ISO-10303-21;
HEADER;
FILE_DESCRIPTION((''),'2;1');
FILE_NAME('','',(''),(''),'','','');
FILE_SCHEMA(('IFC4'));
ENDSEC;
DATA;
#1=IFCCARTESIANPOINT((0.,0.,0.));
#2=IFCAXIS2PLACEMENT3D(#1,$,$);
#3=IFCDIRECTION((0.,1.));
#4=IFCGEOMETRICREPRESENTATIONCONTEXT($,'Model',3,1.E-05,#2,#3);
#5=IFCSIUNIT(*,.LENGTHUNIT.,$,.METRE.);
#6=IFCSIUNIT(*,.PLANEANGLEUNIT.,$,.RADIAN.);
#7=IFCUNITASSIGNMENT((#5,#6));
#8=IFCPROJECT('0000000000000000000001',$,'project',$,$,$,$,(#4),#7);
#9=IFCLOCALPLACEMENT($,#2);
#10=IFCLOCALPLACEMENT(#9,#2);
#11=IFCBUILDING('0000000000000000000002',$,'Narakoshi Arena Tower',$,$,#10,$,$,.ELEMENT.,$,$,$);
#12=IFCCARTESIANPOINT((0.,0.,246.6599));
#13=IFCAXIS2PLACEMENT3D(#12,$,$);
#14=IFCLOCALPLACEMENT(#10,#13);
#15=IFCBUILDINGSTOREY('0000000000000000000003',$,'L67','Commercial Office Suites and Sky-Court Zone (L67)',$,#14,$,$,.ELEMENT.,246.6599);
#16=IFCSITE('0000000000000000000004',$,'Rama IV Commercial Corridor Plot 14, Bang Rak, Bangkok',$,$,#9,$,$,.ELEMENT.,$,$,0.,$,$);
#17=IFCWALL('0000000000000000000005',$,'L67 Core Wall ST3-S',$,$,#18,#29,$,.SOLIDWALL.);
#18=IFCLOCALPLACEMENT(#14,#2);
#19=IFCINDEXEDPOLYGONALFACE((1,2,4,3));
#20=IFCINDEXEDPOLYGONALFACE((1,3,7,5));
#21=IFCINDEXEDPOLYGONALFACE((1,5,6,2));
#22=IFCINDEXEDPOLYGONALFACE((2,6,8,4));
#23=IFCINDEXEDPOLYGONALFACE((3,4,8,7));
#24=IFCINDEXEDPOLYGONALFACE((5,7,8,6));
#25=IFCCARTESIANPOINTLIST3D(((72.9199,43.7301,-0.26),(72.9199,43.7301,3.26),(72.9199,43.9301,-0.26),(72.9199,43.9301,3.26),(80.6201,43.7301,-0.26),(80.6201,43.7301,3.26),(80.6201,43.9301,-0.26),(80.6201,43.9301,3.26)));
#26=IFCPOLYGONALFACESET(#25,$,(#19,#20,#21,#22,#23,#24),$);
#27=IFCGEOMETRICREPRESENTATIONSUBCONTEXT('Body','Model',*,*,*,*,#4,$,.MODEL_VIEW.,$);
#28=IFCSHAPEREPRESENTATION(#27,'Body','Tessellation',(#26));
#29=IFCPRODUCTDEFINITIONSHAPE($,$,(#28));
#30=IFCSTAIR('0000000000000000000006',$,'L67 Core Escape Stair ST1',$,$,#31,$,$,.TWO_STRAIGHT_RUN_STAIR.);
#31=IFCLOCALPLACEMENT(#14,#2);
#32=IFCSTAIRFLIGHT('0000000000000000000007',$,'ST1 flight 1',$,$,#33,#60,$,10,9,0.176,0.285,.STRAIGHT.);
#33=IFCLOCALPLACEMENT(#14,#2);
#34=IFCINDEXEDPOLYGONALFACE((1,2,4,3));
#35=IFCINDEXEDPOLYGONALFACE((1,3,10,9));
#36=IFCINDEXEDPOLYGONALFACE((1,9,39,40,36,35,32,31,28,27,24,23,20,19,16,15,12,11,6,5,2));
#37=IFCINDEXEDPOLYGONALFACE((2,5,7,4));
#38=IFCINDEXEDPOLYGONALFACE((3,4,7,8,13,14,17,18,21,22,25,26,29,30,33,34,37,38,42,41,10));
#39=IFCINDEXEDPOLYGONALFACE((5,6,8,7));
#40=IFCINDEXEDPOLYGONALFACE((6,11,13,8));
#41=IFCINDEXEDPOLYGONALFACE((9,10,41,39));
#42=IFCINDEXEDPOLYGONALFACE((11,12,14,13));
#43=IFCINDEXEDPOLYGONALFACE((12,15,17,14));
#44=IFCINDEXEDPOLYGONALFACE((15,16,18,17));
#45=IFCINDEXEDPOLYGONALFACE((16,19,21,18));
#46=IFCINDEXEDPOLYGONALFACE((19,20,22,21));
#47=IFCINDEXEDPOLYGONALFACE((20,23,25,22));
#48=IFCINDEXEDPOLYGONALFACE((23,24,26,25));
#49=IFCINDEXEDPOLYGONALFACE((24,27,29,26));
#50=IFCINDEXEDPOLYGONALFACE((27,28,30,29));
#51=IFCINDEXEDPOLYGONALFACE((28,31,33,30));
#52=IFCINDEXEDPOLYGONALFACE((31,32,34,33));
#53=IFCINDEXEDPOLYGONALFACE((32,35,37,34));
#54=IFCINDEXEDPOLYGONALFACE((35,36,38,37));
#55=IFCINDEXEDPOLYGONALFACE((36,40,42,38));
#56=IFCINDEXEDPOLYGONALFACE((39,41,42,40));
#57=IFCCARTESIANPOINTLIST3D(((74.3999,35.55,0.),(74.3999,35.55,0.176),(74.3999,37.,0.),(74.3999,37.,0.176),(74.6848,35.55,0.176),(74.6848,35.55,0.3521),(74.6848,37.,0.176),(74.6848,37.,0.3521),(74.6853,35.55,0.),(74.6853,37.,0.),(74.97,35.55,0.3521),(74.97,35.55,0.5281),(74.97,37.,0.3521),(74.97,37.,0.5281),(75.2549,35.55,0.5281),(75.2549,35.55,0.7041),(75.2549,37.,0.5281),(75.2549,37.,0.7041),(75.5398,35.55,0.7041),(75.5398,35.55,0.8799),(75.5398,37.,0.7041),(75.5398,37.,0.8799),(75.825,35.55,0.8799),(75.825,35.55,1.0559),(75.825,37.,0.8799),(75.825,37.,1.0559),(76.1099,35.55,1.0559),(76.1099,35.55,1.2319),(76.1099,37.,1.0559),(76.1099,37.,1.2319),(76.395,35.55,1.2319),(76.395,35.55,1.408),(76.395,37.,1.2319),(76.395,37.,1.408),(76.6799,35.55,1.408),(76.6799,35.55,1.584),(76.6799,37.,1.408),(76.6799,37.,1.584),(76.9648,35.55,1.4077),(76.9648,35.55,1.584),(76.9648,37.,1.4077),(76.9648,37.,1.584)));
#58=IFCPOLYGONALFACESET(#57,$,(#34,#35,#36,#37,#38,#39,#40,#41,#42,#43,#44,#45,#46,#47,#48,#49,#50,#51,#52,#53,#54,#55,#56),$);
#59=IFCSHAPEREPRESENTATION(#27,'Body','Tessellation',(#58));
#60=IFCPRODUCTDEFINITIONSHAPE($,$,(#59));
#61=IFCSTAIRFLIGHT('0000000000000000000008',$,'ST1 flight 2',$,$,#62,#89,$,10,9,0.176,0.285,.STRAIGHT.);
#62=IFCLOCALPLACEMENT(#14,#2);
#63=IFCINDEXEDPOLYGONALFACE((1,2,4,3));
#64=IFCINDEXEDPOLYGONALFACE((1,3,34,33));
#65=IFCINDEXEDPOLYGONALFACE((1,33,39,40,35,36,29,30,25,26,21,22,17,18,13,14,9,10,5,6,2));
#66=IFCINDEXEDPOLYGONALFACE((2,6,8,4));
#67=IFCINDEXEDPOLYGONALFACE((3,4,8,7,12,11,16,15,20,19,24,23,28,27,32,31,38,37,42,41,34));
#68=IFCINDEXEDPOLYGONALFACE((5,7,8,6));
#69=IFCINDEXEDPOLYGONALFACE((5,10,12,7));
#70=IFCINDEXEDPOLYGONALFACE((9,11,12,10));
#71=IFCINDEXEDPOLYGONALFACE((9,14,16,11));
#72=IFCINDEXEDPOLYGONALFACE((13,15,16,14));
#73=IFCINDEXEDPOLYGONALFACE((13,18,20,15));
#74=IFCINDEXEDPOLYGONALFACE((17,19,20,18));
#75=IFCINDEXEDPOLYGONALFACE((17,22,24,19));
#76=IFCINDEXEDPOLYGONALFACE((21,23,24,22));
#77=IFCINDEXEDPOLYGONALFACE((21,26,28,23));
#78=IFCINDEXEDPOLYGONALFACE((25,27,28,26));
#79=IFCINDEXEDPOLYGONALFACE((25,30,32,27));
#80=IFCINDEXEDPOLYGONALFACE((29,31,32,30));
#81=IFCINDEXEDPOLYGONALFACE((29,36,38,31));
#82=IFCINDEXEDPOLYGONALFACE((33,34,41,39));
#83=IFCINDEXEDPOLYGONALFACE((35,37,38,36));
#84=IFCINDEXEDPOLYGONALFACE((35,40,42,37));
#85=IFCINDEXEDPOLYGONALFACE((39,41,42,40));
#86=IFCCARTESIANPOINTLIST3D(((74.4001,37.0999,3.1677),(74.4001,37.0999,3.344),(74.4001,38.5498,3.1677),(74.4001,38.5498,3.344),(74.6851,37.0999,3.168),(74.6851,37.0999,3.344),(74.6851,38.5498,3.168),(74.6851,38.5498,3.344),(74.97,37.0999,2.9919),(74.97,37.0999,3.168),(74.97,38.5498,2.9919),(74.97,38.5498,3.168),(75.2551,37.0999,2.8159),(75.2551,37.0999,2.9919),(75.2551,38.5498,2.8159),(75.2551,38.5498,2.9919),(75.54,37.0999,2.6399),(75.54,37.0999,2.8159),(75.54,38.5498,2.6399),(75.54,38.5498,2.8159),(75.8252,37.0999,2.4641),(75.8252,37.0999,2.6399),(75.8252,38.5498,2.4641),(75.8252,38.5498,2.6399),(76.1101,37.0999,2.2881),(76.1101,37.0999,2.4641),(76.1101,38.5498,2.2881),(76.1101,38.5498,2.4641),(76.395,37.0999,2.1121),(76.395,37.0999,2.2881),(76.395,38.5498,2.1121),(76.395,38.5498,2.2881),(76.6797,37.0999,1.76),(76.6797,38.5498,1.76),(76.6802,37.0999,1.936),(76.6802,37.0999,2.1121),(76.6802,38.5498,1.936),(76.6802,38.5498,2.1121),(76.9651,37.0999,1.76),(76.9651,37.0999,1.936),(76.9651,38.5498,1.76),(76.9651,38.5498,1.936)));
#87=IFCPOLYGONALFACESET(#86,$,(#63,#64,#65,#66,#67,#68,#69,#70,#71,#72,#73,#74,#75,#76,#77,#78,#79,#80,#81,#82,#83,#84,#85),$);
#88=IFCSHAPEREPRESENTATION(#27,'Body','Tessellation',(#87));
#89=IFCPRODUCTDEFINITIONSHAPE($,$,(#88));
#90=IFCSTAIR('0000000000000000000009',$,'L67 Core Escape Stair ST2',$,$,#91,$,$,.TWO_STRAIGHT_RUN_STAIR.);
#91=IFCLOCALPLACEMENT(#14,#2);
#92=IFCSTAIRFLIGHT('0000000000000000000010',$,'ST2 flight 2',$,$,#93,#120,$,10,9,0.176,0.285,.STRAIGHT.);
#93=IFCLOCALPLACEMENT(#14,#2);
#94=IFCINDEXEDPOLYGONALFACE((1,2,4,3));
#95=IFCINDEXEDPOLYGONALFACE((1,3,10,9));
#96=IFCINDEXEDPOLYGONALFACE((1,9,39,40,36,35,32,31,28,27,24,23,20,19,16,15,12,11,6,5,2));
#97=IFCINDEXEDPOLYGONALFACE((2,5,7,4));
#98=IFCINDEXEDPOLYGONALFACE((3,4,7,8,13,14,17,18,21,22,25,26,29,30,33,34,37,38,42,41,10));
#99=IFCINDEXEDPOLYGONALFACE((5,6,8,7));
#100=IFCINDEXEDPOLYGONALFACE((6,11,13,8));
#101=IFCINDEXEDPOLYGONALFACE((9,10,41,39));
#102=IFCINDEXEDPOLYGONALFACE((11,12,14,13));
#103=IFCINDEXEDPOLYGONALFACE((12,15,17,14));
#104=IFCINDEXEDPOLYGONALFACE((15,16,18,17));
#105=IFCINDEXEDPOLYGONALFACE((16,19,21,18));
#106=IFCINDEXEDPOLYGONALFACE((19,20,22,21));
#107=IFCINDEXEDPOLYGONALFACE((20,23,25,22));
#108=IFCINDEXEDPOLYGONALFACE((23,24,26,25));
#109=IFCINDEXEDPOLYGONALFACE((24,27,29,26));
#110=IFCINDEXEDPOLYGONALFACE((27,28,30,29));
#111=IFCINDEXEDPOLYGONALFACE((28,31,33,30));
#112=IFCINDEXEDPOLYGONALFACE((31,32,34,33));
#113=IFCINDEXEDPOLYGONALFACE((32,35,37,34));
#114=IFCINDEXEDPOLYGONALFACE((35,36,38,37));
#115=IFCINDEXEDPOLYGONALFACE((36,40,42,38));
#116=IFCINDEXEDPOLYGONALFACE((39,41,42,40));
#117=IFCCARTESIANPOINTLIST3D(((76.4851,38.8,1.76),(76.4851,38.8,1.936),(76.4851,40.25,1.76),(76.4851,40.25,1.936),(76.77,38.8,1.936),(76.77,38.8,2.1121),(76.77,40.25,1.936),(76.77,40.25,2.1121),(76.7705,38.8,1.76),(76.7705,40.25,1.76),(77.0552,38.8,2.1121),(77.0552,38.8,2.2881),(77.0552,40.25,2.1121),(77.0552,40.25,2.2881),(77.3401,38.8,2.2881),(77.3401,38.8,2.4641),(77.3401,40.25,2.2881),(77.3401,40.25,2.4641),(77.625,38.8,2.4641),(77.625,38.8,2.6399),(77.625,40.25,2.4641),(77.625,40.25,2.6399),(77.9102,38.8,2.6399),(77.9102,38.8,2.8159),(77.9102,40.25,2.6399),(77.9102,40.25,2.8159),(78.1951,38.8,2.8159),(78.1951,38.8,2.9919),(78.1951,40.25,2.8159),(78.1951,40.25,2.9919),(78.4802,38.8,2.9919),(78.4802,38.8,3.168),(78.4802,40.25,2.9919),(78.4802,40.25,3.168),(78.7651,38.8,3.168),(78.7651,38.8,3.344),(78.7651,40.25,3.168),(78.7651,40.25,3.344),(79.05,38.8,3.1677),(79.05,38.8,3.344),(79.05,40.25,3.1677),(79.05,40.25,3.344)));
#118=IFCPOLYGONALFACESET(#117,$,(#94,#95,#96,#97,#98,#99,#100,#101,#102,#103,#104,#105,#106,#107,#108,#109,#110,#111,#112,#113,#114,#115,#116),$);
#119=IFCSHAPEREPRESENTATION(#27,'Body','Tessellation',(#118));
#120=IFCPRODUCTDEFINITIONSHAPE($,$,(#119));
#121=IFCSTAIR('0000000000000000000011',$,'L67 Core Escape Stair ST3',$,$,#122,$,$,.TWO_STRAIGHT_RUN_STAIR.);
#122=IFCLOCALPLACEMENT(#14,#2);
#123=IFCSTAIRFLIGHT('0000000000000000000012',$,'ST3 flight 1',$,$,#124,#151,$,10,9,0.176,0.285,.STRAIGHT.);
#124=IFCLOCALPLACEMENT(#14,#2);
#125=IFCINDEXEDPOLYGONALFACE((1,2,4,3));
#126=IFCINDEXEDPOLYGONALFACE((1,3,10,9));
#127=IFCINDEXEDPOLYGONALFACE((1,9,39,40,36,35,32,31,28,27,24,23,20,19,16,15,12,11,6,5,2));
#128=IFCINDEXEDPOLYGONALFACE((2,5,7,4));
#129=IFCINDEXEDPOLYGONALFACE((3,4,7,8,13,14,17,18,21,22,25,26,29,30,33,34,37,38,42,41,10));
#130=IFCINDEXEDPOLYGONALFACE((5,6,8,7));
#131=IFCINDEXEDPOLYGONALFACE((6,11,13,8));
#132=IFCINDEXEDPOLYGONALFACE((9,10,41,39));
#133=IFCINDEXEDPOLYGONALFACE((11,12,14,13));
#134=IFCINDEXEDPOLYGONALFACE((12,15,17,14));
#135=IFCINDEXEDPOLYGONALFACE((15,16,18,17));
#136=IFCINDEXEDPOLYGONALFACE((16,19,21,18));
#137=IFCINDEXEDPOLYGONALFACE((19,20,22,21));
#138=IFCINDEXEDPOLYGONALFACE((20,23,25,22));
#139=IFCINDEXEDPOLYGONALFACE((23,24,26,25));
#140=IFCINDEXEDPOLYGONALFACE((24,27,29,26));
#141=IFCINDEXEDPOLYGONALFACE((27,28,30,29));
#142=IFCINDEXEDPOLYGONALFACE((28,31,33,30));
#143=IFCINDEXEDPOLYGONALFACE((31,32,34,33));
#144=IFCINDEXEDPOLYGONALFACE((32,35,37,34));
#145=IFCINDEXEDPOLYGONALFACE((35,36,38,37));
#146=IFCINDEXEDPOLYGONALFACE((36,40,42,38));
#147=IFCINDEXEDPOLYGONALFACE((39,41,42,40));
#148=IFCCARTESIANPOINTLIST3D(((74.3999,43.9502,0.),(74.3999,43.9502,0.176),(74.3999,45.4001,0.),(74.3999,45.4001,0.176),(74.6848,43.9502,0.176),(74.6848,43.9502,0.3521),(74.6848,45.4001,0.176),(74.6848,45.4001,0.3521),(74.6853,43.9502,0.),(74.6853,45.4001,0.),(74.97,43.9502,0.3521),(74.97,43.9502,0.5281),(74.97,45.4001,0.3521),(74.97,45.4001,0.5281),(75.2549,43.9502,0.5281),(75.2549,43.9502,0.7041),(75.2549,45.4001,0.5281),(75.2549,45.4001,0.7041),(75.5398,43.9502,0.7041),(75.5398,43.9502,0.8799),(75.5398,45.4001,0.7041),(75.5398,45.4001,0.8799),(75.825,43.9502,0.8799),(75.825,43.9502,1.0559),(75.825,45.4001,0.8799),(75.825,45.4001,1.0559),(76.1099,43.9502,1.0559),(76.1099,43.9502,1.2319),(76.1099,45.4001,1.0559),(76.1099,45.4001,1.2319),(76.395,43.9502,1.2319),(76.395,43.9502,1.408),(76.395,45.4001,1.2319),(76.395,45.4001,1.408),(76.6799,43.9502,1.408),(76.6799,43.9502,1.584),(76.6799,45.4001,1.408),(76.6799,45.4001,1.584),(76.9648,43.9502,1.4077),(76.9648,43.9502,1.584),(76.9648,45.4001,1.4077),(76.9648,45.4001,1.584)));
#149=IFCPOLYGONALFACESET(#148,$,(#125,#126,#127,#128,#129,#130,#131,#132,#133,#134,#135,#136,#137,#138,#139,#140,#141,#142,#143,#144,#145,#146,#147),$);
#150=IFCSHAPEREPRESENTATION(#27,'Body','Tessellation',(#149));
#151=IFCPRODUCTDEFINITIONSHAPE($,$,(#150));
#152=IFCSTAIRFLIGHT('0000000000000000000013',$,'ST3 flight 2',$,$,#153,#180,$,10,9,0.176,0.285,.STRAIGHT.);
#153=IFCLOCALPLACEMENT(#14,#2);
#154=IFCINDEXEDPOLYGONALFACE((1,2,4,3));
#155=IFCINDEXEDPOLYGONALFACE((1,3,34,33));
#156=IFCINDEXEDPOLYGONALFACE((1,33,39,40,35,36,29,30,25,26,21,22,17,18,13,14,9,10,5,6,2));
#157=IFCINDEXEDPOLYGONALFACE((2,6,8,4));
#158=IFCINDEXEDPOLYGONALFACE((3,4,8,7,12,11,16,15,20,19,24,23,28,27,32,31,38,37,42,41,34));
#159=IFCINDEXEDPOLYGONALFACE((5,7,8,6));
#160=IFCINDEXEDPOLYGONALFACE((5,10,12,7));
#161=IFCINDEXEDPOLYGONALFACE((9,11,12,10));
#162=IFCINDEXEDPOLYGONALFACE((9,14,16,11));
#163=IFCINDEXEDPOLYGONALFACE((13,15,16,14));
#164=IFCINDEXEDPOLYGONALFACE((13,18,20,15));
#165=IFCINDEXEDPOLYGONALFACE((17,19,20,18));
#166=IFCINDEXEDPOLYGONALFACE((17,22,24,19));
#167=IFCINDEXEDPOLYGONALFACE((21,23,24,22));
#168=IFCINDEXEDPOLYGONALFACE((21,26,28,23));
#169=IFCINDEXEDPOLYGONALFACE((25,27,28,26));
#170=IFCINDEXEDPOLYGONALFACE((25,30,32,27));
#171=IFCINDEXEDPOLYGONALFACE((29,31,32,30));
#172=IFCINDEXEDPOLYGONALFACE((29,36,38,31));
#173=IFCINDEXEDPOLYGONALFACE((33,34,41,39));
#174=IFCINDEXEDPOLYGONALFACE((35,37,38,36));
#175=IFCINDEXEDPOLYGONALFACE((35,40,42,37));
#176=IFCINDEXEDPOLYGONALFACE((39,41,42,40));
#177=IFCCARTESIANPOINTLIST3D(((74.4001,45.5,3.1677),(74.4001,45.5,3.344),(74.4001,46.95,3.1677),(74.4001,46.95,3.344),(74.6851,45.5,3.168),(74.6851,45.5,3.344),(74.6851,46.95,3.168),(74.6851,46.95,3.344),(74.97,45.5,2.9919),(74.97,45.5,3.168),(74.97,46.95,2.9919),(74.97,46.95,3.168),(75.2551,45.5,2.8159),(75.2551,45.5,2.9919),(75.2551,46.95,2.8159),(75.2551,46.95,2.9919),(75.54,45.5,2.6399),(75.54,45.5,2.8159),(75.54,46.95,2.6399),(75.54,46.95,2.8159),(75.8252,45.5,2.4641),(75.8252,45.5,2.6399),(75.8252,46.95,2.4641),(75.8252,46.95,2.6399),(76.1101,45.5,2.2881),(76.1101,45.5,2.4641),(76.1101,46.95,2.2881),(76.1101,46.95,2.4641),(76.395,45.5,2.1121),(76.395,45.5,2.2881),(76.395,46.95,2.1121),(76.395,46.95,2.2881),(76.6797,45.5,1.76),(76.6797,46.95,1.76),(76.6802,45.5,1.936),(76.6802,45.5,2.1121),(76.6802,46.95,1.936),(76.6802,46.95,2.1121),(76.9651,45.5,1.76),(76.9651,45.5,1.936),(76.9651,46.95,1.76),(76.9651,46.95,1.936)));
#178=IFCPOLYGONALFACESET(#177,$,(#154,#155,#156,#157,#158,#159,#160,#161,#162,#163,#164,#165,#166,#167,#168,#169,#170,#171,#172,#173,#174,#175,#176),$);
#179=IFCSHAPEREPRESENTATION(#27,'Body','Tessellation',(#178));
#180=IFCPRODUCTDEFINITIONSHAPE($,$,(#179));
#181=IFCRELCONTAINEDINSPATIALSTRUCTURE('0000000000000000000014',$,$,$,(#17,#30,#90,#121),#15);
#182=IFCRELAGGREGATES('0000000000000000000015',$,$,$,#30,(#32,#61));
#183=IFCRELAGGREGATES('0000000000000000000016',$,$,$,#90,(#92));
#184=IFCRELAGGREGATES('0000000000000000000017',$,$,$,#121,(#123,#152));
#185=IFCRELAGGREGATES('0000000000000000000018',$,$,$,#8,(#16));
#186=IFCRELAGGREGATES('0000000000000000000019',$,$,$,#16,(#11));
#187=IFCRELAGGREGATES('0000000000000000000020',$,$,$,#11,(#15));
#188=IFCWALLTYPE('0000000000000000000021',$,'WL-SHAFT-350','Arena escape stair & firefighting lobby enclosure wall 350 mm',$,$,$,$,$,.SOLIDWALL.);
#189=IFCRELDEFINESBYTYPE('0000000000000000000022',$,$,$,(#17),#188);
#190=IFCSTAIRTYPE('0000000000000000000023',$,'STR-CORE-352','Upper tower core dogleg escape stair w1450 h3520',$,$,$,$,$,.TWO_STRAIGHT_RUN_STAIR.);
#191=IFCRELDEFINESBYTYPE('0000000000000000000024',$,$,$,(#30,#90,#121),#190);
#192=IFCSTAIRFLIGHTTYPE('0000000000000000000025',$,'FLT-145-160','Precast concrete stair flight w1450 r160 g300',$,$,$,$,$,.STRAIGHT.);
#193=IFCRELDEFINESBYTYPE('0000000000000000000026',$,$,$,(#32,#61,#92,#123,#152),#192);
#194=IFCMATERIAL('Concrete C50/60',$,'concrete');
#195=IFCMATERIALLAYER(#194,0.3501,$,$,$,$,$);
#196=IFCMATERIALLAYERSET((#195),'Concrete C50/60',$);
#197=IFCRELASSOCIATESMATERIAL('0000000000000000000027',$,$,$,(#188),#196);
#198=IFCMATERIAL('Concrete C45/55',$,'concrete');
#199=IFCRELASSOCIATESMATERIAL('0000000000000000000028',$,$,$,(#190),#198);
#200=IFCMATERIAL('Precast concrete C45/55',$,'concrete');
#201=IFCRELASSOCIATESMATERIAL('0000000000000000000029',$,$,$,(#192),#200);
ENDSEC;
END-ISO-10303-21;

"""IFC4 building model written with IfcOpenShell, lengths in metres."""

from ifc_helpers import new_model, si_unit, direction, frame, frame_2d, origin, place, context, subcontext, project, spatial, polyline, rectangle, outline, extrude, material, layer, layer_set, type_object, element, aggregate, save


model = new_model("IFC4")

# Units and contexts
model_context = context("Model", 3, precision=1e-05, world=origin(), true_north=direction((0.0, 1.0)))
body_context = subcontext(model_context, "Body", "Model", "MODEL_VIEW")
ifc_project = project(units=[si_unit("LENGTHUNIT", "METRE"), si_unit("PLANEANGLEUNIT", "RADIAN")], contexts=[model_context])

# Site, building, storey
site_placement = place(None, origin())
site = spatial("IfcSite", under=ifc_project, at=site_placement, Name="Rama IV Commercial Corridor Plot 14, Bang Rak, Bangkok", CompositionType="ELEMENT", RefElevation=0.0)
building_placement = place(site_placement, origin())
building = spatial("IfcBuilding", under=site, at=building_placement, Name="Narakoshi Arena Tower", CompositionType="ELEMENT")
storey_placement = place(building_placement, frame((0.0, 0.0, 246.6599)))
storey = spatial("IfcBuildingStorey", under=building, at=storey_placement, Name="L67", Description="Commercial Office Suites and Sky-Court Zone (L67)", CompositionType="ELEMENT", Elevation=246.6599)

# Shared definitions
ifc_material_1 = material(Name="Concrete C50/60", Category="concrete")

# Shared definitions
ifc_material_2 = material(Name="Precast concrete C45/55", Category="concrete")

# Wall
ifc_layer_1 = layer(ifc_material_1, 0.3501)
ifc_layer_set_1 = layer_set([ifc_layer_1], Name="Concrete C50/60")
wall_type_1 = type_object("IfcWallType", Name="WL-SHAFT-350", Description="Arena escape stair & firefighting lobby enclosure wall 350 mm", PredefinedType="SOLIDWALL", material=ifc_layer_set_1)
wall_1_placement = place(storey_placement, frame((72.9199, 43.8301, -0.26), z_axis=(0.0, 0.0, 1.0), x_axis=(1.0, 0.0, 0.0)))
element("IfcWall", 1, at=wall_1_placement, inside=storey, type_object=wall_type_1, Name="L67 Core Wall ST3-S", PredefinedType="SOLIDWALL", context=body_context, shape_type="SweptSolid", body=[
    extrude(rectangle(XDim=7.7002, YDim=0.2, at=frame_2d((3.8501, 0.0))), origin(), (0.0, 0.0, 1.0), 3.52),
])

# Stair, stair flights
ifc_material_3 = material(Name="Concrete C45/55", Category="concrete")
stair_type = type_object("IfcStairType", Name="STR-CORE-352", Description="Upper tower core dogleg escape stair w1450 h3520", PredefinedType="TWO_STRAIGHT_RUN_STAIR", material=ifc_material_3)
stair_1_placement = place(storey_placement, origin())
stair_1 = element("IfcStair", 2, at=stair_1_placement, inside=storey, type_object=stair_type, Name="L67 Core Escape Stair ST1", PredefinedType="TWO_STRAIGHT_RUN_STAIR")
stair_flight_type = type_object("IfcStairFlightType", Name="FLT-145-160", Description="Precast concrete stair flight w1450 r160 g300", PredefinedType="STRAIGHT", material=ifc_material_2)
stair_flight_1_placement = place(storey_placement, frame((74.3999, 36.2749, 0.0), z_axis=(0.0, 0.0, 1.0), x_axis=(1.0, 0.0, 0.0)))
stair_flight_1 = element("IfcStairFlight", 3, at=stair_flight_1_placement, type_object=stair_flight_type, Name="ST1 flight 1", NumberOfRisers=10, NumberOfTreads=9, PredefinedType="STRAIGHT", RiserHeight=0.176, TreadLength=0.285, context=body_context, shape_type="SweptSolid", body=[
    extrude(outline(polyline([(0.0, 0.0), (0.0, 0.176), (0.2849, 0.176), (0.2849, 0.3521), (0.5701, 0.3521), (0.5701, 0.5281), (0.855, 0.5281), (0.855, 0.7041), (1.1399, 0.7041), (1.1399, 0.8799), (1.425, 0.8799), (1.425, 1.0559), (1.71, 1.0559), (1.71, 1.2319), (1.9951, 1.2319), (1.9951, 1.408), (2.28, 1.408), (2.28, 1.584), (2.5649, 1.584), (2.5649, 1.76), (2.5649, 1.4077), (0.2854, 0.0), (0.0, 0.0)])), frame((0.0, 0.7251, 0.0), z_axis=(0.0, -1.0, 0.0), x_axis=(1.0, 0.0, 0.0)), (0.0, 0.0, 1.0), 1.45),
])
stair_flight_2_placement = place(storey_placement, frame((76.9651, 37.825, 1.76), z_axis=(0.0, 0.0, 1.0), x_axis=(-1.0, 0.0, 0.0)))
stair_flight_2 = element("IfcStairFlight", 4, at=stair_flight_2_placement, type_object=stair_flight_type, Name="ST1 flight 2", NumberOfRisers=10, NumberOfTreads=9, PredefinedType="STRAIGHT", RiserHeight=0.176, TreadLength=0.285, context=body_context, shape_type="SweptSolid", body=[
    extrude(outline(polyline([(0.0, 0.0), (0.0, 0.176), (0.2849, 0.176), (0.2849, 0.3521), (0.5701, 0.3521), (0.5701, 0.5281), (0.855, 0.5281), (0.855, 0.7041), (1.1399, 0.7041), (1.1399, 0.8799), (1.425, 0.8799), (1.425, 1.0559), (1.71, 1.0559), (1.71, 1.2319), (1.9951, 1.2319), (1.9951, 1.408), (2.28, 1.408), (2.28, 1.584), (2.5649, 1.584), (2.5649, 1.76), (2.5649, 1.4077), (0.2854, 0.0), (0.0, 0.0)])), frame((0.0, 0.7251, 0.0), z_axis=(0.0, -1.0, 0.0), x_axis=(1.0, 0.0, 0.0)), (0.0, 0.0, 1.0), 1.45),
])
aggregate(stair_1, [stair_flight_1, stair_flight_2])

# Stair, stair flight
stair_2_placement = place(storey_placement, origin())
stair_2 = element("IfcStair", 5, at=stair_2_placement, inside=storey, type_object=stair_type, Name="L67 Core Escape Stair ST2", PredefinedType="TWO_STRAIGHT_RUN_STAIR")
stair_flight_3_placement = place(storey_placement, frame((76.4851, 39.5249, 1.76), z_axis=(0.0, 0.0, 1.0), x_axis=(1.0, 0.0, 0.0)))
stair_flight_3 = element("IfcStairFlight", 6, at=stair_flight_3_placement, type_object=stair_flight_type, Name="ST2 flight 2", NumberOfRisers=10, NumberOfTreads=9, PredefinedType="STRAIGHT", RiserHeight=0.176, TreadLength=0.285, context=body_context, shape_type="SweptSolid", body=[
    extrude(outline(polyline([(0.0, 0.0), (0.0, 0.176), (0.2849, 0.176), (0.2849, 0.3521), (0.5701, 0.3521), (0.5701, 0.5281), (0.855, 0.5281), (0.855, 0.7041), (1.1399, 0.7041), (1.1399, 0.8799), (1.425, 0.8799), (1.425, 1.0559), (1.71, 1.0559), (1.71, 1.2319), (1.9951, 1.2319), (1.9951, 1.408), (2.28, 1.408), (2.28, 1.584), (2.5649, 1.584), (2.5649, 1.76), (2.5649, 1.4077), (0.2854, 0.0), (0.0, 0.0)])), frame((0.0, 0.7251, 0.0), z_axis=(0.0, -1.0, 0.0), x_axis=(1.0, 0.0, 0.0)), (0.0, 0.0, 1.0), 1.45),
])
aggregate(stair_2, [stair_flight_3])

# Stair, stair flights
stair_3_placement = place(storey_placement, origin())
stair_3 = element("IfcStair", 7, at=stair_3_placement, inside=storey, type_object=stair_type, Name="L67 Core Escape Stair ST3", PredefinedType="TWO_STRAIGHT_RUN_STAIR")
stair_flight_4_placement = place(storey_placement, frame((74.3999, 44.675, 0.0), z_axis=(0.0, 0.0, 1.0), x_axis=(1.0, 0.0, 0.0)))
stair_flight_4 = element("IfcStairFlight", 8, at=stair_flight_4_placement, type_object=stair_flight_type, Name="ST3 flight 1", NumberOfRisers=10, NumberOfTreads=9, PredefinedType="STRAIGHT", RiserHeight=0.176, TreadLength=0.285, context=body_context, shape_type="SweptSolid", body=[
    extrude(outline(polyline([(0.0, 0.0), (0.0, 0.176), (0.2849, 0.176), (0.2849, 0.3521), (0.5701, 0.3521), (0.5701, 0.5281), (0.855, 0.5281), (0.855, 0.7041), (1.1399, 0.7041), (1.1399, 0.8799), (1.425, 0.8799), (1.425, 1.0559), (1.71, 1.0559), (1.71, 1.2319), (1.9951, 1.2319), (1.9951, 1.408), (2.28, 1.408), (2.28, 1.584), (2.5649, 1.584), (2.5649, 1.76), (2.5649, 1.4077), (0.2854, 0.0), (0.0, 0.0)])), frame((0.0, 0.7251, 0.0), z_axis=(0.0, -1.0, 0.0), x_axis=(1.0, 0.0, 0.0)), (0.0, 0.0, 1.0), 1.45),
])
stair_flight_5_placement = place(storey_placement, frame((76.9651, 46.2251, 1.76), z_axis=(0.0, 0.0, 1.0), x_axis=(-1.0, 0.0, 0.0)))
stair_flight_5 = element("IfcStairFlight", 9, at=stair_flight_5_placement, type_object=stair_flight_type, Name="ST3 flight 2", NumberOfRisers=10, NumberOfTreads=9, PredefinedType="STRAIGHT", RiserHeight=0.176, TreadLength=0.285, context=body_context, shape_type="SweptSolid", body=[
    extrude(outline(polyline([(0.0, 0.0), (0.0, 0.176), (0.2849, 0.176), (0.2849, 0.3521), (0.5701, 0.3521), (0.5701, 0.5281), (0.855, 0.5281), (0.855, 0.7041), (1.1399, 0.7041), (1.1399, 0.8799), (1.425, 0.8799), (1.425, 1.0559), (1.71, 1.0559), (1.71, 1.2319), (1.9951, 1.2319), (1.9951, 1.408), (2.28, 1.408), (2.28, 1.584), (2.5649, 1.584), (2.5649, 1.76), (2.5649, 1.4077), (0.2854, 0.0), (0.0, 0.0)])), frame((0.0, 0.7251, 0.0), z_axis=(0.0, -1.0, 0.0), x_axis=(1.0, 0.0, 0.0)), (0.0, 0.0, 1.0), 1.45),
])
aggregate(stair_3, [stair_flight_4, stair_flight_5])

save(model, "model.ifc")
